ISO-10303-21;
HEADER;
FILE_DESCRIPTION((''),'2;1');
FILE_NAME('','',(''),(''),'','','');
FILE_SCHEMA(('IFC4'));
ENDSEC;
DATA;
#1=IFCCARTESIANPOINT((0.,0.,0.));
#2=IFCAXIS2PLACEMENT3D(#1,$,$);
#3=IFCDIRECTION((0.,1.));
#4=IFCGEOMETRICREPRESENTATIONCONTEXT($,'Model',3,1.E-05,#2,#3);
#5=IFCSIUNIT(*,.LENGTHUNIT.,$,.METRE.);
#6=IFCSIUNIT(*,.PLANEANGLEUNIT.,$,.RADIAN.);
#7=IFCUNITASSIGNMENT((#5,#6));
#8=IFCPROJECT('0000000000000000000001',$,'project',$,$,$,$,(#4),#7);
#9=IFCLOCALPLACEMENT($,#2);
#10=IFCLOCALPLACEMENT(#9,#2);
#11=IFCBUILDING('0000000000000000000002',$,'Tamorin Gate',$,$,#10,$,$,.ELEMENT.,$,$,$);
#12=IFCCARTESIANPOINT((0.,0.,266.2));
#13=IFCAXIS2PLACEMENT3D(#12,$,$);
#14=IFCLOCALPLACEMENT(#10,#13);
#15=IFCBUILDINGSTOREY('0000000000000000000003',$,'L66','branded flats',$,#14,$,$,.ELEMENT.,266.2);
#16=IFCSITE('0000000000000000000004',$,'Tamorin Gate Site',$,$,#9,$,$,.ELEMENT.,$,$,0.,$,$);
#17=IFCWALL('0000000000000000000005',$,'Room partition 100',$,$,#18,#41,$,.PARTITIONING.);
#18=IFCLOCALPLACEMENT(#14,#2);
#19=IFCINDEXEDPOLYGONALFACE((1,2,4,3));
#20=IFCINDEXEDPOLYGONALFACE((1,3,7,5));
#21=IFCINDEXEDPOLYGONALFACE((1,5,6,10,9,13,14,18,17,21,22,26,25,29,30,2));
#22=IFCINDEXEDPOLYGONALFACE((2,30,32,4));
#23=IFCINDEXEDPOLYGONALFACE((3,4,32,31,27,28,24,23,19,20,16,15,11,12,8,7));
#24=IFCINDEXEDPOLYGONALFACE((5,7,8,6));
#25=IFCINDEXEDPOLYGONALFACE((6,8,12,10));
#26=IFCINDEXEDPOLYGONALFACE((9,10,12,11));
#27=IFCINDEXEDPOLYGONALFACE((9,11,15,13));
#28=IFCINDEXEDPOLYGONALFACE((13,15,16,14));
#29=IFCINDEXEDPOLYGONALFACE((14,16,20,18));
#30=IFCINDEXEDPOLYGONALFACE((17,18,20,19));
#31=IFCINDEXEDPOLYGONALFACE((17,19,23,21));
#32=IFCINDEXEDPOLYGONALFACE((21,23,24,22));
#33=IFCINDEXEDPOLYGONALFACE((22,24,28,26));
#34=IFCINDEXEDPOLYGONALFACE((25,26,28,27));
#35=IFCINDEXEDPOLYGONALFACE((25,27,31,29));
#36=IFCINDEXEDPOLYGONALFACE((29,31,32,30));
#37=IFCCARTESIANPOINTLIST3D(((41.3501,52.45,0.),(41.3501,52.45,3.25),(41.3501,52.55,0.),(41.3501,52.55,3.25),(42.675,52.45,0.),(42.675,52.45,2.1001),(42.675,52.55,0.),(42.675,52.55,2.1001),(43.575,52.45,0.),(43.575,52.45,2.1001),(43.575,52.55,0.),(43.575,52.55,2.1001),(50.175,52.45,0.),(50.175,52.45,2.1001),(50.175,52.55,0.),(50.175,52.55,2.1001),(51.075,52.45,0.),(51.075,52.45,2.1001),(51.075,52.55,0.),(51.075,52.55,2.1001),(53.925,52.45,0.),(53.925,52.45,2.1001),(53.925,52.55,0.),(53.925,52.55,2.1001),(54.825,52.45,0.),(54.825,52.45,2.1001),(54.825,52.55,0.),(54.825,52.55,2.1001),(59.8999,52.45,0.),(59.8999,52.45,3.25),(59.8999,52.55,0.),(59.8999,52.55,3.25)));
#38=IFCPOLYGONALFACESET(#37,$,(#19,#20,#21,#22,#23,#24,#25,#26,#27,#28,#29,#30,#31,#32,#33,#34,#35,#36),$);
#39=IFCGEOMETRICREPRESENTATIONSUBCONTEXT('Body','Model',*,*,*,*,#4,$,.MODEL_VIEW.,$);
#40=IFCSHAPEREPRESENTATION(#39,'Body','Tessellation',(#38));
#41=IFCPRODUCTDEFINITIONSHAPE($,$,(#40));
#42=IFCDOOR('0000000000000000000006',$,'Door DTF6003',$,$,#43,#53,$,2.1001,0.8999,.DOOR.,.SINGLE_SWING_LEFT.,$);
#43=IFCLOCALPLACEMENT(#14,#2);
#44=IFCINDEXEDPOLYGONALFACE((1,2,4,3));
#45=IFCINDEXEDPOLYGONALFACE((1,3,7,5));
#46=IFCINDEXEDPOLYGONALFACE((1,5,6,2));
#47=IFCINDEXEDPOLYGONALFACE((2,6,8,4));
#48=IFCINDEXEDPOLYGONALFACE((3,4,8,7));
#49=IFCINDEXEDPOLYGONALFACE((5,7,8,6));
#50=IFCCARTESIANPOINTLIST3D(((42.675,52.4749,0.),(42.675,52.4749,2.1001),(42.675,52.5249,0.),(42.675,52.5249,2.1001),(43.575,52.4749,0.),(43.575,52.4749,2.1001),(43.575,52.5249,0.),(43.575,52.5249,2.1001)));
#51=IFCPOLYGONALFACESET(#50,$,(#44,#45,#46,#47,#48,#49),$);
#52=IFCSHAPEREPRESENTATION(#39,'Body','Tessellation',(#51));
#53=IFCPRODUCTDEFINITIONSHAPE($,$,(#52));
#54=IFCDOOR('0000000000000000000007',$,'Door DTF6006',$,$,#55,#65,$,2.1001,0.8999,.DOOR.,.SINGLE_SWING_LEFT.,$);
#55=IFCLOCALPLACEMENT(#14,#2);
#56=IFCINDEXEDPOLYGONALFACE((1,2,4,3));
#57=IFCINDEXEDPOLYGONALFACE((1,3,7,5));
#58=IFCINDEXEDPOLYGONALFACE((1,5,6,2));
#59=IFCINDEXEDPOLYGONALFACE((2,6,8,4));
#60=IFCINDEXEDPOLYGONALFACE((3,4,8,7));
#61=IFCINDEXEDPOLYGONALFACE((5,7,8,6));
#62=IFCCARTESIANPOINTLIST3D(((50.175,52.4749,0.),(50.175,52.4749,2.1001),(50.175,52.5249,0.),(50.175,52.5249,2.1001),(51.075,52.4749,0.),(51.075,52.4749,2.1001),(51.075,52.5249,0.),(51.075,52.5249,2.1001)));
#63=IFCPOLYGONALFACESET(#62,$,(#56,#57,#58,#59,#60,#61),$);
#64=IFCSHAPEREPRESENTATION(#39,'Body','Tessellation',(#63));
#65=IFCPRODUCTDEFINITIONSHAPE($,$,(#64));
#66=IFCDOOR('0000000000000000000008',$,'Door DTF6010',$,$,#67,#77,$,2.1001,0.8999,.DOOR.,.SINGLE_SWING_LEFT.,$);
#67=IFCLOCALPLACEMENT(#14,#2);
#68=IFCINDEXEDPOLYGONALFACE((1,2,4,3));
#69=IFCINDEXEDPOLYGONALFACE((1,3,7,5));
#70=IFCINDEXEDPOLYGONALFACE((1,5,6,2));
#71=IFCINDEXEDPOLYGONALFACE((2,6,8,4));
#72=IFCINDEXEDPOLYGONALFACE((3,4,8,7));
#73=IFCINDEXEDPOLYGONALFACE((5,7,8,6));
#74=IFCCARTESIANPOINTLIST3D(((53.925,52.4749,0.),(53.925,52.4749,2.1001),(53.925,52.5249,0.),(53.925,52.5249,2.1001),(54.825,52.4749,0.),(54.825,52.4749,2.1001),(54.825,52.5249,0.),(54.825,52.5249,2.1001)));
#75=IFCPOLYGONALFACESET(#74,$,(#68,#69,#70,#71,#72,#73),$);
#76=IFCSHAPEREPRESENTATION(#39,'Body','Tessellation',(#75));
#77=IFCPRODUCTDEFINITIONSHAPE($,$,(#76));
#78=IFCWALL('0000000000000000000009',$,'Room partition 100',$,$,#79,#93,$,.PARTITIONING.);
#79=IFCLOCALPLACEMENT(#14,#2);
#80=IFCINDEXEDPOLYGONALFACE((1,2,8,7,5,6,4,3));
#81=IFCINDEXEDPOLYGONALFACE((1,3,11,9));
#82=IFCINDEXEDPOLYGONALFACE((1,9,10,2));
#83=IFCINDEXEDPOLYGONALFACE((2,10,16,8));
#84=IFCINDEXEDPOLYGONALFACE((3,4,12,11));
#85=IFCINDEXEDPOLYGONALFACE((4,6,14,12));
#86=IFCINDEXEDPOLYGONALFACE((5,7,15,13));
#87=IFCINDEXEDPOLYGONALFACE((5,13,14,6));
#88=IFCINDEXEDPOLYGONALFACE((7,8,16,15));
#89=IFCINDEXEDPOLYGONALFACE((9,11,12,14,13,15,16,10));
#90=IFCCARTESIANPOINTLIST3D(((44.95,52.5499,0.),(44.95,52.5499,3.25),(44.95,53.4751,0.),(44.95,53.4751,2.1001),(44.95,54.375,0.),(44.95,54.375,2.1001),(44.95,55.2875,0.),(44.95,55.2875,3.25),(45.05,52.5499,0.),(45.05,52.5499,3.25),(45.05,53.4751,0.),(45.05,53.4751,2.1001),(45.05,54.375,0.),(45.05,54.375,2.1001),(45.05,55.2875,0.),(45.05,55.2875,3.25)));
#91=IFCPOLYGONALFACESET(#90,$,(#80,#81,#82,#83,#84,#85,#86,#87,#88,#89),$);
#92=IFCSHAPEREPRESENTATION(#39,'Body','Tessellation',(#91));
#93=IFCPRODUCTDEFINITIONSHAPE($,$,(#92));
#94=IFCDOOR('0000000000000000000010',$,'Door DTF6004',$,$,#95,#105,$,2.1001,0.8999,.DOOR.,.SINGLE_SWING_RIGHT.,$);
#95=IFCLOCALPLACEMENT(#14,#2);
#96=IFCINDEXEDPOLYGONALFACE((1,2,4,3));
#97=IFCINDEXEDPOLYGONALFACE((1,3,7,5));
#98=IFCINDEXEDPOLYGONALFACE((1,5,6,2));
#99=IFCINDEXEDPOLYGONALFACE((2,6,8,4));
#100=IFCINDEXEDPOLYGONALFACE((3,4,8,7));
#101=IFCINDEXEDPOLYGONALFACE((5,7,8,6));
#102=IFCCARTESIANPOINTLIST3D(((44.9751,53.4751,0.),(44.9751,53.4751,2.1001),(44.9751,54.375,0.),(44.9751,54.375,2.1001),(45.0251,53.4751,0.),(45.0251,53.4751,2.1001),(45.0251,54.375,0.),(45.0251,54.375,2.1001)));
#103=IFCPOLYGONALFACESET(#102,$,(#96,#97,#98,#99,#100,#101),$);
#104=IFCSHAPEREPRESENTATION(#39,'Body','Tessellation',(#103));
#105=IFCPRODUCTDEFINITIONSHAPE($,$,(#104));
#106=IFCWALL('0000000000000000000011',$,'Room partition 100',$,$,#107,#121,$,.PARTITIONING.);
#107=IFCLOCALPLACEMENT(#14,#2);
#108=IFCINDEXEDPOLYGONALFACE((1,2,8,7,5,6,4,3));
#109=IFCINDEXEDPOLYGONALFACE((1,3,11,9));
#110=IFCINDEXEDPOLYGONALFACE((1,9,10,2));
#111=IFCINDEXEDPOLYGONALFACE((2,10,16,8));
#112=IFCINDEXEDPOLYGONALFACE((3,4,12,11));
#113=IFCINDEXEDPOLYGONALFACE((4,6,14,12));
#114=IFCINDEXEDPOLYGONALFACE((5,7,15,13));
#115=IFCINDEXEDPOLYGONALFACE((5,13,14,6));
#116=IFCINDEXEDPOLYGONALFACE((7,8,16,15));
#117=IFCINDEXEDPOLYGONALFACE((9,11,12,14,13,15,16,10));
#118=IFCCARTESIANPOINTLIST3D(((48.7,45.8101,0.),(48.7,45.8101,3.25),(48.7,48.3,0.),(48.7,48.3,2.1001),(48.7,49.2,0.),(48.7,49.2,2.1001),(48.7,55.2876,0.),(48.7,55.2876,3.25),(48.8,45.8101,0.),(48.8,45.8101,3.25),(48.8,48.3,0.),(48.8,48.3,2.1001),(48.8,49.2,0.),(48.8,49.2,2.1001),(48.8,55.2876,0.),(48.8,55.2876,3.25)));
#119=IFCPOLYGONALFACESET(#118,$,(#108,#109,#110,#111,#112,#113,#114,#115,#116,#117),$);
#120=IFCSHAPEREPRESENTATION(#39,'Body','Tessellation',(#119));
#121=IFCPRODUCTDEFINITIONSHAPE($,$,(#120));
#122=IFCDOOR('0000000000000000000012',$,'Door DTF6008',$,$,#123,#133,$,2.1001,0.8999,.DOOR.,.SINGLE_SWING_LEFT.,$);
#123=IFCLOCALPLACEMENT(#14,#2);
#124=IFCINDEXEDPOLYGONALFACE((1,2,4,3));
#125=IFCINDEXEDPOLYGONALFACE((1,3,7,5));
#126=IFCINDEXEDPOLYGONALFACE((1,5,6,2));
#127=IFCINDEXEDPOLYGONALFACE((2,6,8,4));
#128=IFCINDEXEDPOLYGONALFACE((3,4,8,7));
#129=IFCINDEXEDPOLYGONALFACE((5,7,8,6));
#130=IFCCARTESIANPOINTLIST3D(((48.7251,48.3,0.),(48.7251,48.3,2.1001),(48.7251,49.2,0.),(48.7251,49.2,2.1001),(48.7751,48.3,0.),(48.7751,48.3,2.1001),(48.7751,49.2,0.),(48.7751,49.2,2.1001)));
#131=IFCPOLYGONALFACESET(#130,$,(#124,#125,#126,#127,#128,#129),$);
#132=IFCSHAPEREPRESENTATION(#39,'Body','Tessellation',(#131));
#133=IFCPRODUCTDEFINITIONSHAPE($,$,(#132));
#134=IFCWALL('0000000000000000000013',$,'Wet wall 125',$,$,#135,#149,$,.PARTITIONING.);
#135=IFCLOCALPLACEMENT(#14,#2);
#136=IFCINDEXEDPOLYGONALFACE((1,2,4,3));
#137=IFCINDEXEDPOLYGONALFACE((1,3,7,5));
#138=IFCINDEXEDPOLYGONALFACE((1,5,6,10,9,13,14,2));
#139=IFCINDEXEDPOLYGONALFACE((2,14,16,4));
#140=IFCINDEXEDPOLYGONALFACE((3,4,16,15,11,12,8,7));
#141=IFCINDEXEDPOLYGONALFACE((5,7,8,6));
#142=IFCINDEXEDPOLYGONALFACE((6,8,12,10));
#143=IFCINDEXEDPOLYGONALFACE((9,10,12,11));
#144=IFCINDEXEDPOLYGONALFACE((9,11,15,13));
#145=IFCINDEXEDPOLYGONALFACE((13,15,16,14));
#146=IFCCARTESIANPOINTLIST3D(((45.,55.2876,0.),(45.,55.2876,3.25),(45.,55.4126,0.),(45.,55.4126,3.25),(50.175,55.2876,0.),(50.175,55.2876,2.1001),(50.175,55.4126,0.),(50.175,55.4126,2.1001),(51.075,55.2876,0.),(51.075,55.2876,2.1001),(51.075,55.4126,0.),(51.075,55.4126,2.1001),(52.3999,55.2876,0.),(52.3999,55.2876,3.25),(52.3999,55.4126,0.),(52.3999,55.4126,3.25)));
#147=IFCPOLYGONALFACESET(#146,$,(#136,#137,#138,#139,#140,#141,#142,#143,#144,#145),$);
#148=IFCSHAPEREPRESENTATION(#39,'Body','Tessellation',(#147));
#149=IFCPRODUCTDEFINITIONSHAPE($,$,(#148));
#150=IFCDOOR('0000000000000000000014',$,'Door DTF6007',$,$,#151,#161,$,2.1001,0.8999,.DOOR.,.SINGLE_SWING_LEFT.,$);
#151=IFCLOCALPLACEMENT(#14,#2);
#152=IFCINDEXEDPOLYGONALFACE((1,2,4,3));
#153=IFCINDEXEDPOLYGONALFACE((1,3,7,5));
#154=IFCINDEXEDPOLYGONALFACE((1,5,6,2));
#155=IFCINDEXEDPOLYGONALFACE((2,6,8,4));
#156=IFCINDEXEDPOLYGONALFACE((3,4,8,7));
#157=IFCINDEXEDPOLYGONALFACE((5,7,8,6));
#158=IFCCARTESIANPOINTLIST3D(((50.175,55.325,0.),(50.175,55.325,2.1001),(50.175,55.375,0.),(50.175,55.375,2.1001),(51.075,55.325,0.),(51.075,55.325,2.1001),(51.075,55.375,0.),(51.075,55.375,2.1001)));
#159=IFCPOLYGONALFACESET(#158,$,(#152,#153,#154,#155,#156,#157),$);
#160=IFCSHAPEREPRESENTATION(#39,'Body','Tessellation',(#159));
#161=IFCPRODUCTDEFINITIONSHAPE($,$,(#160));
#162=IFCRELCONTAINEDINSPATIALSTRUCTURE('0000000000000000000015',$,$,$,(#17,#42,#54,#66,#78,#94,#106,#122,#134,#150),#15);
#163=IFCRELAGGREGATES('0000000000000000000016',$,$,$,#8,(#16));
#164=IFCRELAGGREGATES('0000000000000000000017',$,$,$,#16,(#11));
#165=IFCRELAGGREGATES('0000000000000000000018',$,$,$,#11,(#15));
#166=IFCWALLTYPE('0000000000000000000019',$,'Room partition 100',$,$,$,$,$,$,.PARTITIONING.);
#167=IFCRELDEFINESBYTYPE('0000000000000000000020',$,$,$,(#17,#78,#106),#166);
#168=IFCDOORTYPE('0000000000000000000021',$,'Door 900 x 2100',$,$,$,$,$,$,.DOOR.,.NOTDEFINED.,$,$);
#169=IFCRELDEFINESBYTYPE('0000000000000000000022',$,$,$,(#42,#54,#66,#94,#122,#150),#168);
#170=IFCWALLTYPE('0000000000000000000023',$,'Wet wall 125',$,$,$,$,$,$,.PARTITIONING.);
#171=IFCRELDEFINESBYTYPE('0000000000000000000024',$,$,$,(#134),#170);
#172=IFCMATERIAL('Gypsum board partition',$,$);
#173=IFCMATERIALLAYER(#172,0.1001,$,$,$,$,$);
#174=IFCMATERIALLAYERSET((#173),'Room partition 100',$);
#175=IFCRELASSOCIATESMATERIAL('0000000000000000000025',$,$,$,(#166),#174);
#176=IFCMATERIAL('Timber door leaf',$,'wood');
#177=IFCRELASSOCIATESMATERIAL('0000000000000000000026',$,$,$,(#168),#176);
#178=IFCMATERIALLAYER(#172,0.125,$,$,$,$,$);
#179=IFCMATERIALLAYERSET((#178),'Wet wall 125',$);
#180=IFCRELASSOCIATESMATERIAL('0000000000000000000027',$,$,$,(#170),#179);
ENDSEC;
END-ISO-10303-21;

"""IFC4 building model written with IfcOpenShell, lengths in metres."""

from ifc_helpers import new_model, si_unit, direction, frame, frame_2d, origin, place, context, subcontext, project, spatial, rectangle, extrude, material, layer, layer_set, type_object, element, fill, save


model = new_model("IFC4")

# Units and contexts
model_context = context("Model", 3, precision=1e-05, world=origin(), true_north=direction((0.0, 1.0)))
body_context = subcontext(model_context, "Body", "Model", "MODEL_VIEW")
ifc_project = project(units=[si_unit("LENGTHUNIT", "METRE"), si_unit("PLANEANGLEUNIT", "RADIAN")], contexts=[model_context])

# Site, building, storey
site_placement = place(None, origin())
site = spatial("IfcSite", under=ifc_project, at=site_placement, Name="Tamorin Gate Site", CompositionType="ELEMENT", RefElevation=0.0)
building_placement = place(site_placement, origin())
building = spatial("IfcBuilding", under=site, at=building_placement, Name="Tamorin Gate", CompositionType="ELEMENT")
storey_placement = place(building_placement, frame((0.0, 0.0, 266.2)))
storey = spatial("IfcBuildingStorey", under=building, at=storey_placement, Name="L66", Description="branded flats", CompositionType="ELEMENT", Elevation=266.2)

# Shared definitions
ifc_material_1 = material(Name="Gypsum board partition")

# Wall, openings, doors
ifc_layer_1 = layer(ifc_material_1, 0.1001)
ifc_layer_set_1 = layer_set([ifc_layer_1], Name="Room partition 100")
wall_type_1 = type_object("IfcWallType", Name="Room partition 100", PredefinedType="PARTITIONING", material=ifc_layer_set_1)
wall_1_placement = place(storey_placement, frame((41.3501, 52.5, 0.0), z_axis=(0.0, 0.0, 1.0), x_axis=(1.0, 0.0, 0.0)))
wall_1 = element("IfcWall", 1, at=wall_1_placement, inside=storey, type_object=wall_type_1, Name="Room partition 100", PredefinedType="PARTITIONING", context=body_context, shape_type="SweptSolid", body=[
    extrude(rectangle(XDim=18.5498, YDim=0.1001, at=frame_2d((9.2749, 0.0))), origin(), (0.0, 0.0, 1.0), 3.25),
])
opening_1_placement = place(wall_1_placement, frame((1.325, 0.0, 0.0)))
opening_1 = element("IfcOpeningElement", 2, at=opening_1_placement, cuts=wall_1, PredefinedType="OPENING", context=body_context, shape_type="SweptSolid", body=[
    extrude(rectangle(XDim=0.8999, YDim=2.1001, at=frame_2d((0.45, 1.05))), frame((0.0, 0.0601, 0.0), z_axis=(0.0, -1.0, 0.0), x_axis=(1.0, 0.0, 0.0)), (0.0, 0.0, 1.0), 0.1201),
])
opening_2_placement = place(wall_1_placement, frame((8.825, 0.0, 0.0)))
opening_2 = element("IfcOpeningElement", 3, at=opening_2_placement, cuts=wall_1, PredefinedType="OPENING", context=body_context, shape_type="SweptSolid", body=[
    extrude(rectangle(XDim=0.8999, YDim=2.1001, at=frame_2d((0.45, 1.05))), frame((0.0, 0.0601, 0.0), z_axis=(0.0, -1.0, 0.0), x_axis=(1.0, 0.0, 0.0)), (0.0, 0.0, 1.0), 0.1201),
])
opening_3_placement = place(wall_1_placement, frame((12.575, 0.0, 0.0)))
opening_3 = element("IfcOpeningElement", 4, at=opening_3_placement, cuts=wall_1, PredefinedType="OPENING", context=body_context, shape_type="SweptSolid", body=[
    extrude(rectangle(XDim=0.8999, YDim=2.1001, at=frame_2d((0.45, 1.05))), frame((0.0, 0.0601, 0.0), z_axis=(0.0, -1.0, 0.0), x_axis=(1.0, 0.0, 0.0)), (0.0, 0.0, 1.0), 0.1201),
])
ifc_material_2 = material(Name="Timber door leaf", Category="wood")
door_type_1 = type_object("IfcDoorType", Name="Door 900 x 2100", OperationType="NOTDEFINED", PredefinedType="DOOR", material=ifc_material_2)
door_1_placement = place(opening_1_placement, origin())
door_1 = element("IfcDoor", 5, at=door_1_placement, inside=storey, type_object=door_type_1, Name="Door DTF6003", OperationType="SINGLE_SWING_LEFT", OverallHeight=2.1001, OverallWidth=0.8999, PredefinedType="DOOR", context=body_context, shape_type="SweptSolid", body=[
    extrude(rectangle(XDim=0.8999, YDim=2.1001, at=frame_2d((0.45, 1.05))), frame((0.0, 0.0249, 0.0), z_axis=(0.0, -1.0, 0.0), x_axis=(1.0, 0.0, 0.0)), (0.0, 0.0, 1.0), 0.05),
])
fill(opening_1, door_1)
door_2_placement = place(opening_2_placement, origin())
door_2 = element("IfcDoor", 6, at=door_2_placement, inside=storey, type_object=door_type_1, Name="Door DTF6006", OperationType="SINGLE_SWING_LEFT", OverallHeight=2.1001, OverallWidth=0.8999, PredefinedType="DOOR", context=body_context, shape_type="SweptSolid", body=[
    extrude(rectangle(XDim=0.8999, YDim=2.1001, at=frame_2d((0.45, 1.05))), frame((0.0, 0.0249, 0.0), z_axis=(0.0, -1.0, 0.0), x_axis=(1.0, 0.0, 0.0)), (0.0, 0.0, 1.0), 0.05),
])
fill(opening_2, door_2)
door_3_placement = place(opening_3_placement, origin())
door_3 = element("IfcDoor", 7, at=door_3_placement, inside=storey, type_object=door_type_1, Name="Door DTF6010", OperationType="SINGLE_SWING_LEFT", OverallHeight=2.1001, OverallWidth=0.8999, PredefinedType="DOOR", context=body_context, shape_type="SweptSolid", body=[
    extrude(rectangle(XDim=0.8999, YDim=2.1001, at=frame_2d((0.45, 1.05))), frame((0.0, 0.0249, 0.0), z_axis=(0.0, -1.0, 0.0), x_axis=(1.0, 0.0, 0.0)), (0.0, 0.0, 1.0), 0.05),
])
fill(opening_3, door_3)

# Walls, openings, doors
wall_2_placement = place(storey_placement, frame((45.0, 52.55, 0.0), z_axis=(0.0, 0.0, 1.0), x_axis=(0.0, 1.0, 0.0)))
wall_2 = element("IfcWall", 8, at=wall_2_placement, inside=storey, type_object=wall_type_1, Name="Room partition 100", PredefinedType="PARTITIONING", context=body_context, shape_type="SweptSolid", body=[
    extrude(rectangle(XDim=2.7375, YDim=0.1001, at=frame_2d((1.3687, 0.0))), origin(), (0.0, 0.0, 1.0), 3.25),
])
opening_4_placement = place(wall_2_placement, frame((0.925, 0.0, 0.0)))
opening_4 = element("IfcOpeningElement", 9, at=opening_4_placement, cuts=wall_2, PredefinedType="OPENING", context=body_context, shape_type="SweptSolid", body=[
    extrude(rectangle(XDim=0.8999, YDim=2.1001, at=frame_2d((0.45, 1.05))), frame((0.0, 0.0601, 0.0), z_axis=(0.0, -1.0, 0.0), x_axis=(1.0, 0.0, 0.0)), (0.0, 0.0, 1.0), 0.1201),
])
door_4_placement = place(opening_4_placement, origin())
door_4 = element("IfcDoor", 10, at=door_4_placement, inside=storey, type_object=door_type_1, Name="Door DTF6004", OperationType="SINGLE_SWING_RIGHT", OverallHeight=2.1001, OverallWidth=0.8999, PredefinedType="DOOR", context=body_context, shape_type="SweptSolid", body=[
    extrude(rectangle(XDim=0.8999, YDim=2.1001, at=frame_2d((0.45, 1.05))), frame((0.0, 0.0249, 0.0), z_axis=(0.0, -1.0, 0.0), x_axis=(1.0, 0.0, 0.0)), (0.0, 0.0, 1.0), 0.05),
])
fill(opening_4, door_4)
wall_3_placement = place(storey_placement, frame((48.75, 45.8101, 0.0), z_axis=(0.0, 0.0, 1.0), x_axis=(0.0, 1.0, 0.0)))
wall_3 = element("IfcWall", 11, at=wall_3_placement, inside=storey, type_object=wall_type_1, Name="Room partition 100", PredefinedType="PARTITIONING", context=body_context, shape_type="SweptSolid", body=[
    extrude(rectangle(XDim=9.4775, YDim=0.1001, at=frame_2d((4.7388, 0.0))), origin(), (0.0, 0.0, 1.0), 3.25),
])
opening_5_placement = place(wall_3_placement, frame((2.49, 0.0, 0.0)))
opening_5 = element("IfcOpeningElement", 12, at=opening_5_placement, cuts=wall_3, PredefinedType="OPENING", context=body_context, shape_type="SweptSolid", body=[
    extrude(rectangle(XDim=0.8999, YDim=2.1001, at=frame_2d((0.45, 1.05))), frame((0.0, 0.0601, 0.0), z_axis=(0.0, -1.0, 0.0), x_axis=(1.0, 0.0, 0.0)), (0.0, 0.0, 1.0), 0.1201),
])
door_5_placement = place(opening_5_placement, origin())
door_5 = element("IfcDoor", 13, at=door_5_placement, inside=storey, type_object=door_type_1, Name="Door DTF6008", OperationType="SINGLE_SWING_LEFT", OverallHeight=2.1001, OverallWidth=0.8999, PredefinedType="DOOR", context=body_context, shape_type="SweptSolid", body=[
    extrude(rectangle(XDim=0.8999, YDim=2.1001, at=frame_2d((0.45, 1.05))), frame((0.0, 0.0249, 0.0), z_axis=(0.0, -1.0, 0.0), x_axis=(1.0, 0.0, 0.0)), (0.0, 0.0, 1.0), 0.05),
])
fill(opening_5, door_5)
ifc_layer_2 = layer(ifc_material_1, 0.125)
ifc_layer_set_2 = layer_set([ifc_layer_2], Name="Wet wall 125")
wall_type_2 = type_object("IfcWallType", Name="Wet wall 125", PredefinedType="PARTITIONING", material=ifc_layer_set_2)
wall_4_placement = place(storey_placement, frame((45.0, 55.3501, 0.0), z_axis=(0.0, 0.0, 1.0), x_axis=(1.0, 0.0, 0.0)))
wall_4 = element("IfcWall", 14, at=wall_4_placement, inside=storey, type_object=wall_type_2, Name="Wet wall 125", PredefinedType="PARTITIONING", context=body_context, shape_type="SweptSolid", body=[
    extrude(rectangle(XDim=7.3999, YDim=0.125, at=frame_2d((3.7, 0.0))), origin(), (0.0, 0.0, 1.0), 3.25),
])
opening_6_placement = place(wall_4_placement, frame((5.175, 0.0, 0.0)))
opening_6 = element("IfcOpeningElement", 15, at=opening_6_placement, cuts=wall_4, PredefinedType="OPENING", context=body_context, shape_type="SweptSolid", body=[
    extrude(rectangle(XDim=0.8999, YDim=2.1001, at=frame_2d((0.45, 1.05))), frame((0.0, 0.0725, 0.0), z_axis=(0.0, -1.0, 0.0), x_axis=(1.0, 0.0, 0.0)), (0.0, 0.0, 1.0), 0.145),
])
door_6_placement = place(opening_6_placement, origin())
door_6 = element("IfcDoor", 16, at=door_6_placement, inside=storey, type_object=door_type_1, Name="Door DTF6007", OperationType="SINGLE_SWING_LEFT", OverallHeight=2.1001, OverallWidth=0.8999, PredefinedType="DOOR", context=body_context, shape_type="SweptSolid", body=[
    extrude(rectangle(XDim=0.8999, YDim=2.1001, at=frame_2d((0.45, 1.05))), frame((0.0, 0.0249, 0.0), z_axis=(0.0, -1.0, 0.0), x_axis=(1.0, 0.0, 0.0)), (0.0, 0.0, 1.0), 0.05),
])
fill(opening_6, door_6)

save(model, "model.ifc")
